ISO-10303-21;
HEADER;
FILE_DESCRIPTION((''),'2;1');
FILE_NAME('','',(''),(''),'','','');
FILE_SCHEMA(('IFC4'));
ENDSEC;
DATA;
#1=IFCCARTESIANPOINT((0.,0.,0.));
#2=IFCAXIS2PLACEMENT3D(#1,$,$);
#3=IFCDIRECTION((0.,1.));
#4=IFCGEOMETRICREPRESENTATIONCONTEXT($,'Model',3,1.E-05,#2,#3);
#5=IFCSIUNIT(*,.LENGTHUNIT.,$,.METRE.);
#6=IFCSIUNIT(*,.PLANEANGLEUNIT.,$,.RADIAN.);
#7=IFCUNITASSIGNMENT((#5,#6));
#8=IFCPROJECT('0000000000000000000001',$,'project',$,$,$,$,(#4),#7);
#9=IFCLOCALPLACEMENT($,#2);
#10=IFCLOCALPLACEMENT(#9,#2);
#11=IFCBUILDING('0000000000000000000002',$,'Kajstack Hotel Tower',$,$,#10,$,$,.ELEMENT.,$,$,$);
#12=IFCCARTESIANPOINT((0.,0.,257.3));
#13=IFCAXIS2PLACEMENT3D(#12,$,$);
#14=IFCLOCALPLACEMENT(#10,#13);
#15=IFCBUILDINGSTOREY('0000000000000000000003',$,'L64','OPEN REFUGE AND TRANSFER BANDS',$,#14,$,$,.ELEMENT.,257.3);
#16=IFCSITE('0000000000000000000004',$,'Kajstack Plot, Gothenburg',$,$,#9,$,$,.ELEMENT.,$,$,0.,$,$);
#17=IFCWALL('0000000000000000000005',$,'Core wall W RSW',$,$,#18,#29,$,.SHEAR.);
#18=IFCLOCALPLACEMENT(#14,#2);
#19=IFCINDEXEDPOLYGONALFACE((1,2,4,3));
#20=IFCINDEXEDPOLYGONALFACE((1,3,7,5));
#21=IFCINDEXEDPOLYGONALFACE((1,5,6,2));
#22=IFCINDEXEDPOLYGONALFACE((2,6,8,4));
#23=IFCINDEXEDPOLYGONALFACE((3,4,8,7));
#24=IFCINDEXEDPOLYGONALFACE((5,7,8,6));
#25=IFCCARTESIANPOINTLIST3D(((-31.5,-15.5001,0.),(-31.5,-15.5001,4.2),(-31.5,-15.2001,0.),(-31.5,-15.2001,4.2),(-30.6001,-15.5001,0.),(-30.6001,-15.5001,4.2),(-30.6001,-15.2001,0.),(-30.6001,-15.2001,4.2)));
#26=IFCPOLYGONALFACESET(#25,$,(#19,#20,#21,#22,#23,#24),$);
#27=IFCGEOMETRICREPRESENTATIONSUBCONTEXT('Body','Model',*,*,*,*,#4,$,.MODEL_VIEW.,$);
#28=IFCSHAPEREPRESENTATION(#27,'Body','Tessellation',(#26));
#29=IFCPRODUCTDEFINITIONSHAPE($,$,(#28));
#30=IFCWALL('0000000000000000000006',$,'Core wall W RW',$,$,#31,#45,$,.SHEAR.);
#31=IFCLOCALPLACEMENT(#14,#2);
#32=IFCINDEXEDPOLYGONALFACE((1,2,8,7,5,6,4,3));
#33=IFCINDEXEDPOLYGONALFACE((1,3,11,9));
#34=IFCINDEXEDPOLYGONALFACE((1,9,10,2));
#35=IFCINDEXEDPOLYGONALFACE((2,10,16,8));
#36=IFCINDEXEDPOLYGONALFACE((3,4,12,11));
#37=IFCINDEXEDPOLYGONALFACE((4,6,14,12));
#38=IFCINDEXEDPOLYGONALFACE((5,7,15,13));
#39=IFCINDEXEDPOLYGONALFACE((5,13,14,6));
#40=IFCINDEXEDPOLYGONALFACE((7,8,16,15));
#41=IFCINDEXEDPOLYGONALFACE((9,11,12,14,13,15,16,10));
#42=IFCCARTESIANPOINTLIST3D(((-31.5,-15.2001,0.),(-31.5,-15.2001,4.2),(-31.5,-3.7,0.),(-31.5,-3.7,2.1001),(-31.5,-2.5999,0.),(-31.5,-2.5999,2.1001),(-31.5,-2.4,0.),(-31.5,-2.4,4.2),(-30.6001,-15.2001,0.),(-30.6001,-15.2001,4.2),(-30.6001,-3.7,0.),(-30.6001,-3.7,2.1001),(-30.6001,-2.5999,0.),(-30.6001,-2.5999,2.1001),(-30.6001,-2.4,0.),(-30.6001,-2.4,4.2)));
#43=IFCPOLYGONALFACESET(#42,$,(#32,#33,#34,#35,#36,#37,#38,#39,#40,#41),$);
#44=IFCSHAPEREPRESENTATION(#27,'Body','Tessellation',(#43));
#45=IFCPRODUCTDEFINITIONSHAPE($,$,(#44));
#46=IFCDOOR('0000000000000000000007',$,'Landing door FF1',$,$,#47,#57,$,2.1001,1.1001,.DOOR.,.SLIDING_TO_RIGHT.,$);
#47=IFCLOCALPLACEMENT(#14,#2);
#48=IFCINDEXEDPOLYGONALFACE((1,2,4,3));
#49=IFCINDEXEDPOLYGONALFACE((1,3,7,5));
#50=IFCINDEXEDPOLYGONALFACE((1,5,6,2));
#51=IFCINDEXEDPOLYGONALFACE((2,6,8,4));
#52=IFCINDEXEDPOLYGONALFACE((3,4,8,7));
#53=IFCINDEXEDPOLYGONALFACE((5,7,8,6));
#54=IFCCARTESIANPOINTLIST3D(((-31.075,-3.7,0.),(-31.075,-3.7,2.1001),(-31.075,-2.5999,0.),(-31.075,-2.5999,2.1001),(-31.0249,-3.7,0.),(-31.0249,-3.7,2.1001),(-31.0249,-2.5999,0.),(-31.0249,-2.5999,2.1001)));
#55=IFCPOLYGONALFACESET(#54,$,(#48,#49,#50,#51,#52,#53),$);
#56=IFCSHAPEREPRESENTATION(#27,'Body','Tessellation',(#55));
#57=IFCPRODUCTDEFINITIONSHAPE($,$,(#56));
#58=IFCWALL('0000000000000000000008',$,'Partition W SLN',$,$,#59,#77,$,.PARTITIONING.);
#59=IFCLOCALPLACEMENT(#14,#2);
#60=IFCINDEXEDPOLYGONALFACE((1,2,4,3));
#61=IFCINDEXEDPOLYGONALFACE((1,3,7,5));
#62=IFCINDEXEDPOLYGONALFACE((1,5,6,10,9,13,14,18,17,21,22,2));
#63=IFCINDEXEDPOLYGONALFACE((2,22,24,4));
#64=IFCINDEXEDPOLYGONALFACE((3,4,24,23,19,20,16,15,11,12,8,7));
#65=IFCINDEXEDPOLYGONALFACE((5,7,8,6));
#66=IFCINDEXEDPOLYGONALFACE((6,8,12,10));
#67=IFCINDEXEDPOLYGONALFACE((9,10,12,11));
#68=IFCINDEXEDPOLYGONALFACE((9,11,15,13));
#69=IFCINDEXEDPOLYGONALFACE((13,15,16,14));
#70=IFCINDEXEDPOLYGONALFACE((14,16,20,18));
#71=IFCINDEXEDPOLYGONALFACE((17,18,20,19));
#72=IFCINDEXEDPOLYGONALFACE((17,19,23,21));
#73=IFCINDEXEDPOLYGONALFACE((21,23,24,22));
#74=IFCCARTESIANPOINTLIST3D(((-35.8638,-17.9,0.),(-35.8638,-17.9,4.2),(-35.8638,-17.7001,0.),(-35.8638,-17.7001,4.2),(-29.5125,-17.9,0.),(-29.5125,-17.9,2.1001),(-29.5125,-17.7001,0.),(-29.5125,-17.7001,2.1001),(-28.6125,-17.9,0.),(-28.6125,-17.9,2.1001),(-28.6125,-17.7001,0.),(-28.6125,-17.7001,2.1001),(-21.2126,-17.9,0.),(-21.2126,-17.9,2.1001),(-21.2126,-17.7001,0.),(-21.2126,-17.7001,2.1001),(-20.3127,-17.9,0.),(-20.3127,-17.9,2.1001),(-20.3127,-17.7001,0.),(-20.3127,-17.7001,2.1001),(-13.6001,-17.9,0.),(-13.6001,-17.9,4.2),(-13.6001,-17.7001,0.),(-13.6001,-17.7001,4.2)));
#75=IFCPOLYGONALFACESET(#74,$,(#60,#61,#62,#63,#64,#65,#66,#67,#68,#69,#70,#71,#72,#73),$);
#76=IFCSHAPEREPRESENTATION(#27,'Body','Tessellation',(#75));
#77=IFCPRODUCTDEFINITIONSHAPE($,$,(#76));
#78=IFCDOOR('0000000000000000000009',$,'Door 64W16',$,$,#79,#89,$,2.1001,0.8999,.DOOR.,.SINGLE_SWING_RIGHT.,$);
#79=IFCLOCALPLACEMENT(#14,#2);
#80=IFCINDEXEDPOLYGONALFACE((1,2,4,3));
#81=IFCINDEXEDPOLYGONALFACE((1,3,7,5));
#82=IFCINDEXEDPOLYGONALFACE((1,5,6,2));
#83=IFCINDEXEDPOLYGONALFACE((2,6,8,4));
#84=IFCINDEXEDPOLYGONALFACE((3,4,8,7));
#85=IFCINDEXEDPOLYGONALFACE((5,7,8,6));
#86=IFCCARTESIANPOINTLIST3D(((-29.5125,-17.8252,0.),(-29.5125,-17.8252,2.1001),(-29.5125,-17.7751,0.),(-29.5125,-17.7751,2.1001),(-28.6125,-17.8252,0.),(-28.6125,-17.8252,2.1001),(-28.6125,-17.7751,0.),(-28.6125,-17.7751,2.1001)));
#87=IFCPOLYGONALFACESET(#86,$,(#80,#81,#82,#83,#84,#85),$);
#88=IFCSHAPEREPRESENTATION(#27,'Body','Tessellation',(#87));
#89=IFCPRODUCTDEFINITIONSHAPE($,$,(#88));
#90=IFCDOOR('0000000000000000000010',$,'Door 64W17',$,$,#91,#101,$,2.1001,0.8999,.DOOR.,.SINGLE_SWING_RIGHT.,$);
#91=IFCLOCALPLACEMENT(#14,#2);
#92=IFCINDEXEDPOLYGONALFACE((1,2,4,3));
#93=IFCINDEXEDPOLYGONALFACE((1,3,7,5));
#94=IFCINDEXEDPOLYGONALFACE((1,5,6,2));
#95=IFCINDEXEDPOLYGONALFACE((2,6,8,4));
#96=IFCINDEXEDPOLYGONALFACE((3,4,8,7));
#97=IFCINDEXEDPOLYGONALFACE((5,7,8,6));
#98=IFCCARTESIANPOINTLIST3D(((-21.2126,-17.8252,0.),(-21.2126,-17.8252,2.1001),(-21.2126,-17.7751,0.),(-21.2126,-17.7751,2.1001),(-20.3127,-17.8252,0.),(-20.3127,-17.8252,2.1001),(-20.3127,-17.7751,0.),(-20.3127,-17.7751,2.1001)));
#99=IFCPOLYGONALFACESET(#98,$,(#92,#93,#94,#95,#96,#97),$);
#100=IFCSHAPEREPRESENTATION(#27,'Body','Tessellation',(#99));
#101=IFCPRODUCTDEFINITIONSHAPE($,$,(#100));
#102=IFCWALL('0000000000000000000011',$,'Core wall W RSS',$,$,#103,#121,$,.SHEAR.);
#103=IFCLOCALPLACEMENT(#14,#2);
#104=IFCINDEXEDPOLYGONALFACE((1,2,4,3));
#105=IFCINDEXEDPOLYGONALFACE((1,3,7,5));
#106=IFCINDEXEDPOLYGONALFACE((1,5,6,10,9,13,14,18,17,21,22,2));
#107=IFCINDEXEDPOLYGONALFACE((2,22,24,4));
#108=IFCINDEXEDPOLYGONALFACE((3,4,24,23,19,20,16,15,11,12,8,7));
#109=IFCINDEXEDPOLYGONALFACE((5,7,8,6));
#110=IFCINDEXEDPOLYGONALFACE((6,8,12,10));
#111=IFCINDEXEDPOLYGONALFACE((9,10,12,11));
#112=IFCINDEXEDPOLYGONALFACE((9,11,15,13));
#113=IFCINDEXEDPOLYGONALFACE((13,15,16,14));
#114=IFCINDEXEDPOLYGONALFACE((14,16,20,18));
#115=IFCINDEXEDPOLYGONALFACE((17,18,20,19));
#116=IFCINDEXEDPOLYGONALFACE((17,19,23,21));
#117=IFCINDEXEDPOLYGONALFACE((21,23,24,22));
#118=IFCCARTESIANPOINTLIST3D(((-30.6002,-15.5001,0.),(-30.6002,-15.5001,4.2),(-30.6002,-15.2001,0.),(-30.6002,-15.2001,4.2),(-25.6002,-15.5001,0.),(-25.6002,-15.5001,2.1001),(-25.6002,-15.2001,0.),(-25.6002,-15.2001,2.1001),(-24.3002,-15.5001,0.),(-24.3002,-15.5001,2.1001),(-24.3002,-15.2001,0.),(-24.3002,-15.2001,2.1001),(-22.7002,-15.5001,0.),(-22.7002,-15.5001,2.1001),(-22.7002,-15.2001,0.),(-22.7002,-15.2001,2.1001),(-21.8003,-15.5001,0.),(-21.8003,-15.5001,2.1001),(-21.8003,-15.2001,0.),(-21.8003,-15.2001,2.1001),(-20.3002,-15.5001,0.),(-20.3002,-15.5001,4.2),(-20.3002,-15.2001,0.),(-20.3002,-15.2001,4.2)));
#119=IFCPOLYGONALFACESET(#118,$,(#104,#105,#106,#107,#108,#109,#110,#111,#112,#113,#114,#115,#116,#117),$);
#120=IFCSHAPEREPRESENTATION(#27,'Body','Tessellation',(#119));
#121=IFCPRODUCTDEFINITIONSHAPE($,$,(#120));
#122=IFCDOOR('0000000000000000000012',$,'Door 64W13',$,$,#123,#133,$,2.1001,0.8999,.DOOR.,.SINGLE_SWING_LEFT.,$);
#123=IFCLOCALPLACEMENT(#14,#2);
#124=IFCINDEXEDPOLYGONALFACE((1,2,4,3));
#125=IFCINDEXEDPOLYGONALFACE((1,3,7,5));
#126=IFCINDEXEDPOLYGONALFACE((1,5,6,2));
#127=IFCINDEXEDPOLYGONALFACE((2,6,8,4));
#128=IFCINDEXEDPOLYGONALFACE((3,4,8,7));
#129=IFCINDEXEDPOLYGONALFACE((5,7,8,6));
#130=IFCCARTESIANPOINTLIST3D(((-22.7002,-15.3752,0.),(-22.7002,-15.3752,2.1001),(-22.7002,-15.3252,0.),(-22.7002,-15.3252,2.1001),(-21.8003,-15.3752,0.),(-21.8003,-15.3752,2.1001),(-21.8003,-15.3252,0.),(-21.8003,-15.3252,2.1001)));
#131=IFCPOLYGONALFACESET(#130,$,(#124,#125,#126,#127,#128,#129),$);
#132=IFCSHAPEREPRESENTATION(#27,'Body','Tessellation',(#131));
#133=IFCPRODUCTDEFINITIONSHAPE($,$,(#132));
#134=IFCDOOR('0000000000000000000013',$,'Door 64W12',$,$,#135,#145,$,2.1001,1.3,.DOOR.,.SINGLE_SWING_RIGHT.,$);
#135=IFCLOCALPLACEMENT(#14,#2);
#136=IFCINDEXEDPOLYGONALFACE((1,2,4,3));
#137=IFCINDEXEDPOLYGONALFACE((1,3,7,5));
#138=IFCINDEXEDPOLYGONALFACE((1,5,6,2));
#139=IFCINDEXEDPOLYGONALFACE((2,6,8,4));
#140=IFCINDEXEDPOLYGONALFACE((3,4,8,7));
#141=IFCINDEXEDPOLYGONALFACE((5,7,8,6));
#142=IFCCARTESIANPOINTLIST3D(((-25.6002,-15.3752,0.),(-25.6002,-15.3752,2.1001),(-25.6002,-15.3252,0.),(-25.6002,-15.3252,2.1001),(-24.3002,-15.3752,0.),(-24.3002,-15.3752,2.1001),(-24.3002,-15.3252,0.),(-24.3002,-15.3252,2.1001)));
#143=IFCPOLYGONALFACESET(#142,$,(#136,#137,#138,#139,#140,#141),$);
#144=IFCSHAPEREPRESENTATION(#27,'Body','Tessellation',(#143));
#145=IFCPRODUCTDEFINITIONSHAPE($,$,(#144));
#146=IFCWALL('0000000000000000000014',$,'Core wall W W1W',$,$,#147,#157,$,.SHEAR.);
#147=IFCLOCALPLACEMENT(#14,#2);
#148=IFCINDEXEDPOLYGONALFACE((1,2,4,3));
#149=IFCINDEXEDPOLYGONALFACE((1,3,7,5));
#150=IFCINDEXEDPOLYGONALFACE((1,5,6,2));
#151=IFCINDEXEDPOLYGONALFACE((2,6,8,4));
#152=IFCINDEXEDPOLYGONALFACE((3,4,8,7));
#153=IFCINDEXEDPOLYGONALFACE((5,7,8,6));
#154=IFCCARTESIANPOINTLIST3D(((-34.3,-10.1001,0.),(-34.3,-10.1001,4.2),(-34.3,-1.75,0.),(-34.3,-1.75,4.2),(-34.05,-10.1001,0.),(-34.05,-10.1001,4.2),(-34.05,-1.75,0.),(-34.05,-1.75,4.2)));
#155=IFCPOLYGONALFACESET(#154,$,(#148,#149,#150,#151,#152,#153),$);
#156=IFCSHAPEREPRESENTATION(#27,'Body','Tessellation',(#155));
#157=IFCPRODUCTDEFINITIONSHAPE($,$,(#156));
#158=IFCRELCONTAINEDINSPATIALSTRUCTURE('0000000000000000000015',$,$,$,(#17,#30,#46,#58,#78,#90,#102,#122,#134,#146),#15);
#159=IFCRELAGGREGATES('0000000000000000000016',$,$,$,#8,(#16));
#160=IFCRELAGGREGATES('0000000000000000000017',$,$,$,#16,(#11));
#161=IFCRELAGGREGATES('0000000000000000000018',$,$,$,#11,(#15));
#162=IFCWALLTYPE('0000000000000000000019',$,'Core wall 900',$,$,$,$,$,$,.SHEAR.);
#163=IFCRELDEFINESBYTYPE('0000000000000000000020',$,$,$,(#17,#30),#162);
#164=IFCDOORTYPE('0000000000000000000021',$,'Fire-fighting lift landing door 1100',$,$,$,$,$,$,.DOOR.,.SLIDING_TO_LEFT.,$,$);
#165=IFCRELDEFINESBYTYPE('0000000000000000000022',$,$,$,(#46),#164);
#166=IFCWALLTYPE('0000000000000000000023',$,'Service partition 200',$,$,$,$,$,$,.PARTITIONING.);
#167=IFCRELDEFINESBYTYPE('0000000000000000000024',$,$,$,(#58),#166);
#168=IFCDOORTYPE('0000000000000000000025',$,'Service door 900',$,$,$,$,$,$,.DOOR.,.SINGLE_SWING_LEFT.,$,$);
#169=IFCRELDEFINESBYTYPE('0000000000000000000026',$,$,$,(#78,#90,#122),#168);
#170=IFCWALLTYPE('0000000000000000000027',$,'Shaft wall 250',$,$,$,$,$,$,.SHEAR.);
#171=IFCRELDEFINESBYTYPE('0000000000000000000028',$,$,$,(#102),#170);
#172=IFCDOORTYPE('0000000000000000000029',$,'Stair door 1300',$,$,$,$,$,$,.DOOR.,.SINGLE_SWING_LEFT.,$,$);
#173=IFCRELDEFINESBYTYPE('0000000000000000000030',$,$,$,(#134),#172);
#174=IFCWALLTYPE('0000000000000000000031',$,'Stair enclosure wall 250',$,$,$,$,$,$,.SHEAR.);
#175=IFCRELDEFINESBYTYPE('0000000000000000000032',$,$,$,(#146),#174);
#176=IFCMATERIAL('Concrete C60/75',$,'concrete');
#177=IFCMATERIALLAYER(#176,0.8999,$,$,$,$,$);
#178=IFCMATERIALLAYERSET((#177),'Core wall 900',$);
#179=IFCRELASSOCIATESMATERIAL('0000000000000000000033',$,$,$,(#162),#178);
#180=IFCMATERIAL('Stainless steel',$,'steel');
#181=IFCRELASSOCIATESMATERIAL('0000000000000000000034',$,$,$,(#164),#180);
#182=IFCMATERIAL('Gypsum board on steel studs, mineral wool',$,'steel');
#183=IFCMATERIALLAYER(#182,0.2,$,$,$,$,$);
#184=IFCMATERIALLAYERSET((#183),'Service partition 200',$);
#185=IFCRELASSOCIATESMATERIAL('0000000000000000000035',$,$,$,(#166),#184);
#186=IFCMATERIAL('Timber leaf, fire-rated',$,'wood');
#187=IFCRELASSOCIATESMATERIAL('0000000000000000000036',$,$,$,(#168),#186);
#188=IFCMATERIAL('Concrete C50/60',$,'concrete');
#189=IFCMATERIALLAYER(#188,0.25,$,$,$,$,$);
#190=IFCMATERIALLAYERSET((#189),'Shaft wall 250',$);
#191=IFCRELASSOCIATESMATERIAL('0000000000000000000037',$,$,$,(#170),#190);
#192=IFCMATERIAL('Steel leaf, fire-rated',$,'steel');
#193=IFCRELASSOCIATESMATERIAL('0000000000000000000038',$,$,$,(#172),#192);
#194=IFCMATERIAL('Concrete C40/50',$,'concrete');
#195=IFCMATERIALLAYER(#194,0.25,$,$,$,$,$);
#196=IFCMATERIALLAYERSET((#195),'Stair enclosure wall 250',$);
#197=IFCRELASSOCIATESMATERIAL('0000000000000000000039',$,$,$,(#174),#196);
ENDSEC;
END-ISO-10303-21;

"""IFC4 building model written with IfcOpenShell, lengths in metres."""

from ifc_helpers import new_model, si_unit, direction, frame, frame_2d, origin, place, context, subcontext, project, spatial, rectangle, extrude, material, layer, layer_set, type_object, element, fill, save


model = new_model("IFC4")

# Units and contexts
model_context = context("Model", 3, precision=1e-05, world=origin(), true_north=direction((0.0, 1.0)))
body_context = subcontext(model_context, "Body", "Model", "MODEL_VIEW")
ifc_project = project(units=[si_unit("LENGTHUNIT", "METRE"), si_unit("PLANEANGLEUNIT", "RADIAN")], contexts=[model_context])

# Site, building, storey
site_placement = place(None, origin())
site = spatial("IfcSite", under=ifc_project, at=site_placement, Name="Kajstack Plot, Gothenburg", CompositionType="ELEMENT", RefElevation=0.0)
building_placement = place(site_placement, origin())
building = spatial("IfcBuilding", under=site, at=building_placement, Name="Kajstack Hotel Tower", CompositionType="ELEMENT")
storey_placement = place(building_placement, frame((0.0, 0.0, 257.3)))
storey = spatial("IfcBuildingStorey", under=building, at=storey_placement, Name="L64", Description="OPEN REFUGE AND TRANSFER BANDS", CompositionType="ELEMENT", Elevation=257.3)

# Wall
ifc_material_1 = material(Name="Concrete C60/75", Category="concrete")
ifc_layer_1 = layer(ifc_material_1, 0.8999)
ifc_layer_set_1 = layer_set([ifc_layer_1], Name="Core wall 900")
wall_type_1 = type_object("IfcWallType", Name="Core wall 900", PredefinedType="SHEAR", material=ifc_layer_set_1)
wall_1_placement = place(storey_placement, frame((-31.5, -15.3501, 0.0), z_axis=(0.0, 0.0, 1.0), x_axis=(1.0, 0.0, 0.0)))
element("IfcWall", 1, at=wall_1_placement, inside=storey, type_object=wall_type_1, Name="Core wall W RSW", PredefinedType="SHEAR", context=body_context, shape_type="SweptSolid", body=[
    extrude(rectangle(XDim=0.8999, YDim=0.3, at=frame_2d((0.45, 0.0))), origin(), (0.0, 0.0, 1.0), 4.2),
])

# Wall, opening, door
wall_2_placement = place(storey_placement, frame((-31.05, -15.2, 0.0), z_axis=(0.0, 0.0, 1.0), x_axis=(0.0, 1.0, 0.0)))
wall_2 = element("IfcWall", 2, at=wall_2_placement, inside=storey, type_object=wall_type_1, Name="Core wall W RW", PredefinedType="SHEAR", context=body_context, shape_type="SweptSolid", body=[
    extrude(rectangle(XDim=12.8, YDim=0.8999, at=frame_2d((6.3999, 0.0))), origin(), (0.0, 0.0, 1.0), 4.2),
])
opening_1_placement = place(wall_2_placement, frame((11.5, 0.0, 0.0)))
opening_1 = element("IfcOpeningElement", 3, at=opening_1_placement, cuts=wall_2, PredefinedType="OPENING", context=body_context, shape_type="SweptSolid", body=[
    extrude(rectangle(XDim=1.1001, YDim=2.1001, at=frame_2d((0.55, 1.05))), frame((0.0, 0.46, 0.0), z_axis=(0.0, -1.0, 0.0), x_axis=(1.0, 0.0, 0.0)), (0.0, 0.0, 1.0), 0.9199),
])
ifc_material_2 = material(Name="Stainless steel", Category="steel")
door_type_1 = type_object("IfcDoorType", Name="Fire-fighting lift landing door 1100", OperationType="SLIDING_TO_LEFT", PredefinedType="DOOR", material=ifc_material_2)
door_1_placement = place(opening_1_placement, origin())
door_1 = element("IfcDoor", 4, at=door_1_placement, inside=storey, type_object=door_type_1, Name="Landing door FF1", OperationType="SLIDING_TO_RIGHT", OverallHeight=2.1001, OverallWidth=1.1001, PredefinedType="DOOR", context=body_context, shape_type="SweptSolid", body=[
    extrude(rectangle(XDim=1.1001, YDim=2.1001, at=frame_2d((0.55, 1.05))), frame((0.0, 0.0249, 0.0), z_axis=(0.0, -1.0, 0.0), x_axis=(1.0, 0.0, 0.0)), (0.0, 0.0, 1.0), 0.05),
])
fill(opening_1, door_1)

# Walls, openings, doors
ifc_material_3 = material(Name="Gypsum board on steel studs, mineral wool", Category="steel")
ifc_layer_2 = layer(ifc_material_3, 0.2)
ifc_layer_set_2 = layer_set([ifc_layer_2], Name="Service partition 200")
wall_type_2 = type_object("IfcWallType", Name="Service partition 200", PredefinedType="PARTITIONING", material=ifc_layer_set_2)
wall_3_placement = place(storey_placement, frame((-35.8638, -17.8, 0.0), z_axis=(0.0, 0.0, 1.0), x_axis=(1.0, 0.0, 0.0)))
wall_3 = element("IfcWall", 5, at=wall_3_placement, inside=storey, type_object=wall_type_2, Name="Partition W SLN", PredefinedType="PARTITIONING", context=body_context, shape_type="SweptSolid", body=[
    extrude(rectangle(XDim=22.2637, YDim=0.2, at=frame_2d((11.1318, 0.0))), origin(), (0.0, 0.0, 1.0), 4.2),
])
opening_2_placement = place(wall_3_placement, frame((6.3513, 0.0, 0.0)))
opening_2 = element("IfcOpeningElement", 6, at=opening_2_placement, cuts=wall_3, PredefinedType="OPENING", context=body_context, shape_type="SweptSolid", body=[
    extrude(rectangle(XDim=0.8999, YDim=2.1001, at=frame_2d((0.45, 1.05))), frame((0.0, 0.1099, 0.0), z_axis=(0.0, -1.0, 0.0), x_axis=(1.0, 0.0, 0.0)), (0.0, 0.0, 1.0), 0.22),
])
opening_3_placement = place(wall_3_placement, frame((14.6511, 0.0, 0.0)))
opening_3 = element("IfcOpeningElement", 7, at=opening_3_placement, cuts=wall_3, PredefinedType="OPENING", context=body_context, shape_type="SweptSolid", body=[
    extrude(rectangle(XDim=0.8999, YDim=2.1001, at=frame_2d((0.45, 1.05))), frame((0.0, 0.1099, 0.0), z_axis=(0.0, -1.0, 0.0), x_axis=(1.0, 0.0, 0.0)), (0.0, 0.0, 1.0), 0.22),
])
ifc_material_4 = material(Name="Timber leaf, fire-rated", Category="wood")
door_type_2 = type_object("IfcDoorType", Name="Service door 900", OperationType="SINGLE_SWING_LEFT", PredefinedType="DOOR", material=ifc_material_4)
door_2_placement = place(opening_2_placement, origin())
door_2 = element("IfcDoor", 8, at=door_2_placement, inside=storey, type_object=door_type_2, Name="Door 64W16", OperationType="SINGLE_SWING_RIGHT", OverallHeight=2.1001, OverallWidth=0.8999, PredefinedType="DOOR", context=body_context, shape_type="SweptSolid", body=[
    extrude(rectangle(XDim=0.8999, YDim=2.1001, at=frame_2d((0.45, 1.05))), frame((0.0, 0.0249, 0.0), z_axis=(0.0, -1.0, 0.0), x_axis=(1.0, 0.0, 0.0)), (0.0, 0.0, 1.0), 0.05),
])
fill(opening_2, door_2)
door_3_placement = place(opening_3_placement, origin())
door_3 = element("IfcDoor", 9, at=door_3_placement, inside=storey, type_object=door_type_2, Name="Door 64W17", OperationType="SINGLE_SWING_RIGHT", OverallHeight=2.1001, OverallWidth=0.8999, PredefinedType="DOOR", context=body_context, shape_type="SweptSolid", body=[
    extrude(rectangle(XDim=0.8999, YDim=2.1001, at=frame_2d((0.45, 1.05))), frame((0.0, 0.0249, 0.0), z_axis=(0.0, -1.0, 0.0), x_axis=(1.0, 0.0, 0.0)), (0.0, 0.0, 1.0), 0.05),
])
fill(opening_3, door_3)
ifc_material_5 = material(Name="Concrete C50/60", Category="concrete")
ifc_layer_3 = layer(ifc_material_5, 0.25)
ifc_layer_set_3 = layer_set([ifc_layer_3], Name="Shaft wall 250")
wall_type_3 = type_object("IfcWallType", Name="Shaft wall 250", PredefinedType="SHEAR", material=ifc_layer_set_3)
wall_4_placement = place(storey_placement, frame((-30.6001, -15.3501, 0.0), z_axis=(0.0, 0.0, 1.0), x_axis=(1.0, 0.0, 0.0)))
wall_4 = element("IfcWall", 10, at=wall_4_placement, inside=storey, type_object=wall_type_3, Name="Core wall W RSS", PredefinedType="SHEAR", context=body_context, shape_type="SweptSolid", body=[
    extrude(rectangle(XDim=10.3, YDim=0.3, at=frame_2d((5.1499, 0.0))), origin(), (0.0, 0.0, 1.0), 4.2),
])
opening_4_placement = place(wall_4_placement, frame((5.0, 0.0, 0.0)))
opening_4 = element("IfcOpeningElement", 11, at=opening_4_placement, cuts=wall_4, PredefinedType="OPENING", context=body_context, shape_type="SweptSolid", body=[
    extrude(rectangle(XDim=1.3, YDim=2.1001, at=frame_2d((0.6499, 1.05))), frame((0.0, 0.1599, 0.0), z_axis=(0.0, -1.0, 0.0), x_axis=(1.0, 0.0, 0.0)), (0.0, 0.0, 1.0), 0.3201),
])
opening_5_placement = place(wall_4_placement, frame((7.8999, 0.0, 0.0)))
opening_5 = element("IfcOpeningElement", 12, at=opening_5_placement, cuts=wall_4, PredefinedType="OPENING", context=body_context, shape_type="SweptSolid", body=[
    extrude(rectangle(XDim=0.8999, YDim=2.1001, at=frame_2d((0.45, 1.05))), frame((0.0, 0.1599, 0.0), z_axis=(0.0, -1.0, 0.0), x_axis=(1.0, 0.0, 0.0)), (0.0, 0.0, 1.0), 0.3201),
])
door_4_placement = place(opening_5_placement, origin())
door_4 = element("IfcDoor", 13, at=door_4_placement, inside=storey, type_object=door_type_2, Name="Door 64W13", OperationType="SINGLE_SWING_LEFT", OverallHeight=2.1001, OverallWidth=0.8999, PredefinedType="DOOR", context=body_context, shape_type="SweptSolid", body=[
    extrude(rectangle(XDim=0.8999, YDim=2.1001, at=frame_2d((0.45, 1.05))), frame((0.0, 0.0249, 0.0), z_axis=(0.0, -1.0, 0.0), x_axis=(1.0, 0.0, 0.0)), (0.0, 0.0, 1.0), 0.05),
])
fill(opening_5, door_4)
ifc_material_6 = material(Name="Steel leaf, fire-rated", Category="steel")
door_type_3 = type_object("IfcDoorType", Name="Stair door 1300", OperationType="SINGLE_SWING_LEFT", PredefinedType="DOOR", material=ifc_material_6)
door_5_placement = place(opening_4_placement, origin())
door_5 = element("IfcDoor", 14, at=door_5_placement, inside=storey, type_object=door_type_3, Name="Door 64W12", OperationType="SINGLE_SWING_RIGHT", OverallHeight=2.1001, OverallWidth=1.3, PredefinedType="DOOR", context=body_context, shape_type="SweptSolid", body=[
    extrude(rectangle(XDim=1.3, YDim=2.1001, at=frame_2d((0.6499, 1.05))), frame((0.0, 0.0249, 0.0), z_axis=(0.0, -1.0, 0.0), x_axis=(1.0, 0.0, 0.0)), (0.0, 0.0, 1.0), 0.05),
])
fill(opening_4, door_5)

# Wall
ifc_material_7 = material(Name="Concrete C40/50", Category="concrete")
ifc_layer_4 = layer(ifc_material_7, 0.25)
ifc_layer_set_4 = layer_set([ifc_layer_4], Name="Stair enclosure wall 250")
wall_type_4 = type_object("IfcWallType", Name="Stair enclosure wall 250", PredefinedType="SHEAR", material=ifc_layer_set_4)
wall_5_placement = place(storey_placement, frame((-34.175, -10.1001, 0.0), z_axis=(0.0, 0.0, 1.0), x_axis=(0.0, 1.0, 0.0)))
element("IfcWall", 15, at=wall_5_placement, inside=storey, type_object=wall_type_4, Name="Core wall W W1W", PredefinedType="SHEAR", context=body_context, shape_type="SweptSolid", body=[
    extrude(rectangle(XDim=8.3501, YDim=0.25, at=frame_2d((4.175, 0.0))), origin(), (0.0, 0.0, 1.0), 4.2),
])

save(model, "model.ifc")
